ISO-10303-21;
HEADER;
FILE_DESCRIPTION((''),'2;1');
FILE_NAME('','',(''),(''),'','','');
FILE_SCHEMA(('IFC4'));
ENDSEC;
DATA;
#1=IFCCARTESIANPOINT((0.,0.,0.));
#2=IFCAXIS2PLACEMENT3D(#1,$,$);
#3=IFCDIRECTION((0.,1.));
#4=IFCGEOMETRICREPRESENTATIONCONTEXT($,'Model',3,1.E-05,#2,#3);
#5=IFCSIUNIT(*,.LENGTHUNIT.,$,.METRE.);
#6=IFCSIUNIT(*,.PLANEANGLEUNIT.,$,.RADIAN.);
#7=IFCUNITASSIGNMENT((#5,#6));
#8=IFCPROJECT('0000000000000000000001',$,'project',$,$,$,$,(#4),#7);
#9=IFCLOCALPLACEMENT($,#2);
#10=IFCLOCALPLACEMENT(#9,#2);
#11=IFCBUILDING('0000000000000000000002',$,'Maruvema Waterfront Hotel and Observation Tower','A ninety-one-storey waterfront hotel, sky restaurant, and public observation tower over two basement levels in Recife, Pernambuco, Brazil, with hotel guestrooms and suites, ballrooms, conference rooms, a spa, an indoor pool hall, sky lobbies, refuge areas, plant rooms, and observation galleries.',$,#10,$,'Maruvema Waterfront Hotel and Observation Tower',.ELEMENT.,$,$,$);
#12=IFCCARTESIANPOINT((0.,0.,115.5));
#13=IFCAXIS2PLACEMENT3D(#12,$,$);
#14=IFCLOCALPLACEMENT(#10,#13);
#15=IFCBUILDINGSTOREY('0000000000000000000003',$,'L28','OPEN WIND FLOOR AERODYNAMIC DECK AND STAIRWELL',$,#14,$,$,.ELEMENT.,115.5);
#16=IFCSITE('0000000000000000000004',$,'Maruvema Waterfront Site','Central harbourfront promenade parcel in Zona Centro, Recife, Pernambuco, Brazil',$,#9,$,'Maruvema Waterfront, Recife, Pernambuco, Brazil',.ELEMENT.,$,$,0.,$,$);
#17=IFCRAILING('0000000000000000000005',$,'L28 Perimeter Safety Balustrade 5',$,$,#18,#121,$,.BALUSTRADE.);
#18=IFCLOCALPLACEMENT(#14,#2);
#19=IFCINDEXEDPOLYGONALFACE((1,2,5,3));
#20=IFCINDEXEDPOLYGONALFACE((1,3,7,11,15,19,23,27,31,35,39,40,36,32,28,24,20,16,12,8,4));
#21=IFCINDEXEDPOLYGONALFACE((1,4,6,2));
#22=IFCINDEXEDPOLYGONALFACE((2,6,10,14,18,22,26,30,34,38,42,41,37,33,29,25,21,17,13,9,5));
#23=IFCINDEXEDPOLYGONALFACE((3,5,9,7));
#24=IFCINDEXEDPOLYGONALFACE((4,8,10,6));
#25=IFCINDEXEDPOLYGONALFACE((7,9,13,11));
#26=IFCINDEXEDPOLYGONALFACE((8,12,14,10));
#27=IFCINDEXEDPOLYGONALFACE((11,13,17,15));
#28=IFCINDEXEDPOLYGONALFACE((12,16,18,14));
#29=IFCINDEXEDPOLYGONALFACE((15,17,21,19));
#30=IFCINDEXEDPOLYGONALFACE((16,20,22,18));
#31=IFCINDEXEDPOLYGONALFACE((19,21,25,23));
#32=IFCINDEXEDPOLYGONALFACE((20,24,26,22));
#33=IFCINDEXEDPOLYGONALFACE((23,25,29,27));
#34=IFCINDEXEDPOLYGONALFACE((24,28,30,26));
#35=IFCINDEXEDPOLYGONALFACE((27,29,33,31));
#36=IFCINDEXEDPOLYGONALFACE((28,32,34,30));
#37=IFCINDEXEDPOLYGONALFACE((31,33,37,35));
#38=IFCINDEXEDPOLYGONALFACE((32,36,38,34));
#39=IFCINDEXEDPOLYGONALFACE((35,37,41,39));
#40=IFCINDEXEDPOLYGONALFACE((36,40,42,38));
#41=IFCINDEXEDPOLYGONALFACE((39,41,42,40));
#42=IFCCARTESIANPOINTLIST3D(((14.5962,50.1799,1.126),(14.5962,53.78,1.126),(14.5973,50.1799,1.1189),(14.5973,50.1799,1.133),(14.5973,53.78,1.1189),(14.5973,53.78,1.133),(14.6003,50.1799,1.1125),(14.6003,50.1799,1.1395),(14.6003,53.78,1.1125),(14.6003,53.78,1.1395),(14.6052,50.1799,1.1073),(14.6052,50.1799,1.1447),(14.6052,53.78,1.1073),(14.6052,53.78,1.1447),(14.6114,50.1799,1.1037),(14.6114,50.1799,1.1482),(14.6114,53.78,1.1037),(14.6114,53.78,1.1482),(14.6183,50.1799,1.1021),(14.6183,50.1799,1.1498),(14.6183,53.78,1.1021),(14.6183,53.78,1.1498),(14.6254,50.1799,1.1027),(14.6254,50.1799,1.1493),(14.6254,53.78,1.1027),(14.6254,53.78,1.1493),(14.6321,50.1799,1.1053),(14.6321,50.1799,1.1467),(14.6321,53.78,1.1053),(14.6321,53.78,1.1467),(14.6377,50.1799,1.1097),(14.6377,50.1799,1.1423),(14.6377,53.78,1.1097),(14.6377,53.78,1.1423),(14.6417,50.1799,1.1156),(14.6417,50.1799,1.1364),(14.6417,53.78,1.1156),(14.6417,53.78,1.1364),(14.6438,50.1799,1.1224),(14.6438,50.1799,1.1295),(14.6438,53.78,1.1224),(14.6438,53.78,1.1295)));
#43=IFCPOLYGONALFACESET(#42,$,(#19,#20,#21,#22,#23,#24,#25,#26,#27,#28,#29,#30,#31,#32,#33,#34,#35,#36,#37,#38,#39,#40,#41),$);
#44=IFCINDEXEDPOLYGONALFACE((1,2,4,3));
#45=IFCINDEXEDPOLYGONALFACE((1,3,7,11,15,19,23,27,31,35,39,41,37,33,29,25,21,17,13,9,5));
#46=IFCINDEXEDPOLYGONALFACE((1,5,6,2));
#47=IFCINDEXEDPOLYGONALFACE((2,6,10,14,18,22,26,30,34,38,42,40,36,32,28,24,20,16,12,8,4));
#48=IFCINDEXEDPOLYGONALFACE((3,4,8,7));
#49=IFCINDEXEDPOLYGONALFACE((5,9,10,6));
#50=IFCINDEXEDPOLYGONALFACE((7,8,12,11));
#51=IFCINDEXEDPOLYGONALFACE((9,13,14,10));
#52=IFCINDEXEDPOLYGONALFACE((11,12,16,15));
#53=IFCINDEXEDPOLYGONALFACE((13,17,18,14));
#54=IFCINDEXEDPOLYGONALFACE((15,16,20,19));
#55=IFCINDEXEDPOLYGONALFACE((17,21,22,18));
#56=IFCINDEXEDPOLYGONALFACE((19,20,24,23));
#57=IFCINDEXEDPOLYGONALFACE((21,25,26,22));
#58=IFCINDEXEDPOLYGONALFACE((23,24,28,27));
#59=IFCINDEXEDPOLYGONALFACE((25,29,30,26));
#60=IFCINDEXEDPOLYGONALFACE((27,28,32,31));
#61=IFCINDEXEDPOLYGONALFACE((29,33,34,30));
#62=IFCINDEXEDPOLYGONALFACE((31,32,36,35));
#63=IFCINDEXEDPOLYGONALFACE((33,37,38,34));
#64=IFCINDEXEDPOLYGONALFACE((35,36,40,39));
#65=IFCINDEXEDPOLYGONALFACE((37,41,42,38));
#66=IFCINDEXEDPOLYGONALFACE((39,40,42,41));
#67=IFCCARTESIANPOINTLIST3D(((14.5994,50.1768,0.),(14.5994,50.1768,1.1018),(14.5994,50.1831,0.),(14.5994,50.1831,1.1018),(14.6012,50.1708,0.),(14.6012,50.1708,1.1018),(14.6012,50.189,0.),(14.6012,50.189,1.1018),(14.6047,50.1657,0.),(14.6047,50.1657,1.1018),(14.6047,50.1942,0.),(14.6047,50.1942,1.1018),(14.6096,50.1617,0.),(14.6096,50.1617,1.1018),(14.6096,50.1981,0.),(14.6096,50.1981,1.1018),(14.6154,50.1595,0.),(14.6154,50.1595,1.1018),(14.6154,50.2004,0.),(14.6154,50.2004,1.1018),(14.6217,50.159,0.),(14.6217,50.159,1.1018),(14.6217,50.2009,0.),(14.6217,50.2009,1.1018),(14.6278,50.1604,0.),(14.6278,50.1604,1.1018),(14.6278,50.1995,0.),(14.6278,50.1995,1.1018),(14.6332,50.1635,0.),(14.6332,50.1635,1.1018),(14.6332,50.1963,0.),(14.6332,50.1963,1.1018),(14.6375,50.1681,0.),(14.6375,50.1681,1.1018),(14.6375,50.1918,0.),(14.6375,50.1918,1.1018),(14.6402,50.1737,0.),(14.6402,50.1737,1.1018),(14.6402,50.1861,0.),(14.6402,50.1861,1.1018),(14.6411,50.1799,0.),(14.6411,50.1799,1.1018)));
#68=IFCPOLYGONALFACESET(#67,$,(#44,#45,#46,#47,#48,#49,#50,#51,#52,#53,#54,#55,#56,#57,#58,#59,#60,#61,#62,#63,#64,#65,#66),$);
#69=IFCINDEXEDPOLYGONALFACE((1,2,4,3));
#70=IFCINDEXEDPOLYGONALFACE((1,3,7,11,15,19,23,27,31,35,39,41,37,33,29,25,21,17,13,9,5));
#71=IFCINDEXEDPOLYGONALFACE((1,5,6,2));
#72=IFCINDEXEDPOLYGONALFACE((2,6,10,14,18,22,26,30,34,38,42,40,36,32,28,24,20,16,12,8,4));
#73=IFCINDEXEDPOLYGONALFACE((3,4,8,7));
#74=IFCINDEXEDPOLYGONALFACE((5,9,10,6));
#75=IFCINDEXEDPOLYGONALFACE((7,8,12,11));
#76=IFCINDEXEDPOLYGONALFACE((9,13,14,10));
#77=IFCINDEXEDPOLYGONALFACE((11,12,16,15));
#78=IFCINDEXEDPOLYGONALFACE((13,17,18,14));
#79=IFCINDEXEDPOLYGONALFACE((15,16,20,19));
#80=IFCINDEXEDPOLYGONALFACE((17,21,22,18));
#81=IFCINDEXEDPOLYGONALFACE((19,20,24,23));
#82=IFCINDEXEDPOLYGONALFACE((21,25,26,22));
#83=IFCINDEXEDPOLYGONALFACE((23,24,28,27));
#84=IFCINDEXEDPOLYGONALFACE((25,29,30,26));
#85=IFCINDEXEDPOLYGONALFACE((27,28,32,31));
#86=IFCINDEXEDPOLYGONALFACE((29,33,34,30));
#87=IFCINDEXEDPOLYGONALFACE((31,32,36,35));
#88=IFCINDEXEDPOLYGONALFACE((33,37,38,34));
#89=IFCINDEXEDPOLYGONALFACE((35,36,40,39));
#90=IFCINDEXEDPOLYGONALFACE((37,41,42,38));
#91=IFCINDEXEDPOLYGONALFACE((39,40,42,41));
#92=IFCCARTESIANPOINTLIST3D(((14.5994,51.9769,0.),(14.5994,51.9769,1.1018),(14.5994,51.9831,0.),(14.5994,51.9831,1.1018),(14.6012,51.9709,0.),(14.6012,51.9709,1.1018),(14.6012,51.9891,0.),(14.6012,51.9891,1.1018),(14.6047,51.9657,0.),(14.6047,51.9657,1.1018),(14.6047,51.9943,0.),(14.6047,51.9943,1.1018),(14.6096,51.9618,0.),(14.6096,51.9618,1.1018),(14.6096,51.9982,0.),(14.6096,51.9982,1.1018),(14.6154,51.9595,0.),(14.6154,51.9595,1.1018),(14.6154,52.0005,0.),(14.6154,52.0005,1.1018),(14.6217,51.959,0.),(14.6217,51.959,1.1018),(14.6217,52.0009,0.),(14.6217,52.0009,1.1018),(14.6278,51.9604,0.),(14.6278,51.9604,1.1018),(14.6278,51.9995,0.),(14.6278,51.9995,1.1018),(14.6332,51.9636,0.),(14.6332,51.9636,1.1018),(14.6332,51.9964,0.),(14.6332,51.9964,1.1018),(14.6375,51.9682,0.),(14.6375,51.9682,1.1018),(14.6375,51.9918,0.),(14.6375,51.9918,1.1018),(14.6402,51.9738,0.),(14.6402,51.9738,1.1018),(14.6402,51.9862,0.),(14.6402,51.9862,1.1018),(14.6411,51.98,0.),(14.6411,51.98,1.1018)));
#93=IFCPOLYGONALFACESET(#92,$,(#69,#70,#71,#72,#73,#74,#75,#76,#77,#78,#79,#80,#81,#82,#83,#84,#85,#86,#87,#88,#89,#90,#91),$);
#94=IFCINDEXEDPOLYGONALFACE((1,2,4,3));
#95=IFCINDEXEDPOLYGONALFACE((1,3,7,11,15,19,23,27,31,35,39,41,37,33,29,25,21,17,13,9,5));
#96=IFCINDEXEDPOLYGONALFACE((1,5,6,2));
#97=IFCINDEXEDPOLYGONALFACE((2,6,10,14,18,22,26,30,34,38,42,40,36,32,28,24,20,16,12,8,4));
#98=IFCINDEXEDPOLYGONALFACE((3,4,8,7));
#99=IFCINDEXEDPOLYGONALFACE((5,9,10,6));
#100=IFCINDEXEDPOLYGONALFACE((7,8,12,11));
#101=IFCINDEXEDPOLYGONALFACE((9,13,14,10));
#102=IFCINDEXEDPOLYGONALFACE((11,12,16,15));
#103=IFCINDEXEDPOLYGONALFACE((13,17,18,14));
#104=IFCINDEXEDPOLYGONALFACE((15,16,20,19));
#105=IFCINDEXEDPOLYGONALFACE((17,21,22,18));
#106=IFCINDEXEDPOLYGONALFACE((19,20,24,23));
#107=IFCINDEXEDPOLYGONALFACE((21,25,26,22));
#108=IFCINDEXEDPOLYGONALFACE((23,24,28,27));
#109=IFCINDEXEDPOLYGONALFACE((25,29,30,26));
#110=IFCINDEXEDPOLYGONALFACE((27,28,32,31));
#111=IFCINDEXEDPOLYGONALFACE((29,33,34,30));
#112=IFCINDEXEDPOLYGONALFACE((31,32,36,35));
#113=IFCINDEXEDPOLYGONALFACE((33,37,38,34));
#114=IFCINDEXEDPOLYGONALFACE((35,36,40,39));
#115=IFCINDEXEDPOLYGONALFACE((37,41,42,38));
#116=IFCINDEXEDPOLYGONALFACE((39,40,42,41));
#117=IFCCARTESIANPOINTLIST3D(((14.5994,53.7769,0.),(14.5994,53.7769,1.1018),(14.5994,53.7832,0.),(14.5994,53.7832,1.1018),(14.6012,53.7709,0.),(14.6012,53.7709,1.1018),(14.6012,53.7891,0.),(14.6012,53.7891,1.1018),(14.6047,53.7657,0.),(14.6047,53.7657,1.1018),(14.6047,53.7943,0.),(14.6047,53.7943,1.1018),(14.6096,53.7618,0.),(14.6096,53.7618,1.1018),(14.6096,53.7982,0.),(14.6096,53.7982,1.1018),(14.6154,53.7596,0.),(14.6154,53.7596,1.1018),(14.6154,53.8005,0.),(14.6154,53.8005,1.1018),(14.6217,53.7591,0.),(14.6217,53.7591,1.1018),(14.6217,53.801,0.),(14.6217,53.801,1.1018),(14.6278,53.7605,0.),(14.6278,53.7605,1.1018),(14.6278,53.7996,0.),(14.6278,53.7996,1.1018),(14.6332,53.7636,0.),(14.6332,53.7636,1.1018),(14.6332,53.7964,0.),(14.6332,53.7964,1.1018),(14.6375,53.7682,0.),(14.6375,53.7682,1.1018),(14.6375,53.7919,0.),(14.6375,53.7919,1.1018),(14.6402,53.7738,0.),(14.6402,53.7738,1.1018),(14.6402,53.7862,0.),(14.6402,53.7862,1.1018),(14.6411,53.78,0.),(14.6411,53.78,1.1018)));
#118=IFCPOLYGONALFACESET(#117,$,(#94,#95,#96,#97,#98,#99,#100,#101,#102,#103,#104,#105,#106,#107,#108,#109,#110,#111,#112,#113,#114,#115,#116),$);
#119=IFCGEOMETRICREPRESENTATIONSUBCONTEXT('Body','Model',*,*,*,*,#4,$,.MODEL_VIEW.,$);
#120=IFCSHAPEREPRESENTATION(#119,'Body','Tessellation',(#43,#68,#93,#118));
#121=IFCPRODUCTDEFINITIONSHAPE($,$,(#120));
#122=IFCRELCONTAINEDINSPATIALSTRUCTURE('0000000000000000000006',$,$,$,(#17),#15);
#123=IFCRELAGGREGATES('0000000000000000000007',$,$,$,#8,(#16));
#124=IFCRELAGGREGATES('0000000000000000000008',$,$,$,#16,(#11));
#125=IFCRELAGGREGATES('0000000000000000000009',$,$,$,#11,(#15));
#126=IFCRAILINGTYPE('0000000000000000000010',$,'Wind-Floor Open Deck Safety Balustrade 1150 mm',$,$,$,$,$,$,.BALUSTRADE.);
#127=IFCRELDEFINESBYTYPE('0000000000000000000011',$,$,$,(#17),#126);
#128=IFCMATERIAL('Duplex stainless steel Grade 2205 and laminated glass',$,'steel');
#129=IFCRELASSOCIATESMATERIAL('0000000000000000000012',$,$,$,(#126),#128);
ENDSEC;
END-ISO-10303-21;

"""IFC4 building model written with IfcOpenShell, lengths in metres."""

from ifc_helpers import new_model, si_unit, direction, frame, origin, origin_2d, place, context, subcontext, project, spatial, circle, extrude, material, type_object, element, save


model = new_model("IFC4")

# Units and contexts
model_context = context("Model", 3, precision=1e-05, world=origin(), true_north=direction((0.0, 1.0)))
body_context = subcontext(model_context, "Body", "Model", "MODEL_VIEW")
ifc_project = project(units=[si_unit("LENGTHUNIT", "METRE"), si_unit("PLANEANGLEUNIT", "RADIAN")], contexts=[model_context])

# Site, building, storey
site_placement = place(None, origin())
site = spatial("IfcSite", under=ifc_project, at=site_placement, Name="Maruvema Waterfront Site", Description="Central harbourfront promenade parcel in Zona Centro, Recife, Pernambuco, Brazil", LongName="Maruvema Waterfront, Recife, Pernambuco, Brazil", CompositionType="ELEMENT", RefElevation=0.0)
building_placement = place(site_placement, origin())
building = spatial("IfcBuilding", under=site, at=building_placement, Name="Maruvema Waterfront Hotel and Observation Tower", Description="A ninety-one-storey waterfront hotel, sky restaurant, and public observation tower over two basement levels in Recife, Pernambuco, Brazil, with hotel guestrooms and suites, ballrooms, conference rooms, a spa, an indoor pool hall, sky lobbies, refuge areas, plant rooms, and observation galleries.", LongName="Maruvema Waterfront Hotel and Observation Tower", CompositionType="ELEMENT")
storey_placement = place(building_placement, frame((0.0, 0.0, 115.5)))
storey = spatial("IfcBuildingStorey", under=building, at=storey_placement, Name="L28", Description="OPEN WIND FLOOR AERODYNAMIC DECK AND STAIRWELL", CompositionType="ELEMENT", Elevation=115.5)

# Railing
ifc_material_1 = material(Name="Duplex stainless steel Grade 2205 and laminated glass", Category="steel")
railing_type = type_object("IfcRailingType", Name="Wind-Floor Open Deck Safety Balustrade 1150 mm", PredefinedType="BALUSTRADE", material=ifc_material_1)
railing_1_placement = place(storey_placement, frame((14.6201, 50.1799, 0.0)))
element("IfcRailing", 1, at=railing_1_placement, inside=storey, type_object=railing_type, Name="L28 Perimeter Safety Balustrade 5", PredefinedType="BALUSTRADE", context=body_context, shape_type="SweptSolid", body=[
    extrude(circle(Radius=0.0239, at=origin_2d()), frame((0.0, 0.0, 1.126), z_axis=(0.0, 1.0, 0.0), x_axis=(-1.0, 0.0, 0.0)), (0.0, 0.0, 1.0), 3.6001),
    extrude(circle(Radius=0.021, at=origin_2d()), origin(), (0.0, 0.0, 1.0), 1.1018),
    extrude(circle(Radius=0.021, at=origin_2d()), frame((0.0, 1.8, 0.0)), (0.0, 0.0, 1.0), 1.1018),
    extrude(circle(Radius=0.021, at=origin_2d()), frame((0.0, 3.6001, 0.0)), (0.0, 0.0, 1.0), 1.1018),
])

save(model, "model.ifc")
